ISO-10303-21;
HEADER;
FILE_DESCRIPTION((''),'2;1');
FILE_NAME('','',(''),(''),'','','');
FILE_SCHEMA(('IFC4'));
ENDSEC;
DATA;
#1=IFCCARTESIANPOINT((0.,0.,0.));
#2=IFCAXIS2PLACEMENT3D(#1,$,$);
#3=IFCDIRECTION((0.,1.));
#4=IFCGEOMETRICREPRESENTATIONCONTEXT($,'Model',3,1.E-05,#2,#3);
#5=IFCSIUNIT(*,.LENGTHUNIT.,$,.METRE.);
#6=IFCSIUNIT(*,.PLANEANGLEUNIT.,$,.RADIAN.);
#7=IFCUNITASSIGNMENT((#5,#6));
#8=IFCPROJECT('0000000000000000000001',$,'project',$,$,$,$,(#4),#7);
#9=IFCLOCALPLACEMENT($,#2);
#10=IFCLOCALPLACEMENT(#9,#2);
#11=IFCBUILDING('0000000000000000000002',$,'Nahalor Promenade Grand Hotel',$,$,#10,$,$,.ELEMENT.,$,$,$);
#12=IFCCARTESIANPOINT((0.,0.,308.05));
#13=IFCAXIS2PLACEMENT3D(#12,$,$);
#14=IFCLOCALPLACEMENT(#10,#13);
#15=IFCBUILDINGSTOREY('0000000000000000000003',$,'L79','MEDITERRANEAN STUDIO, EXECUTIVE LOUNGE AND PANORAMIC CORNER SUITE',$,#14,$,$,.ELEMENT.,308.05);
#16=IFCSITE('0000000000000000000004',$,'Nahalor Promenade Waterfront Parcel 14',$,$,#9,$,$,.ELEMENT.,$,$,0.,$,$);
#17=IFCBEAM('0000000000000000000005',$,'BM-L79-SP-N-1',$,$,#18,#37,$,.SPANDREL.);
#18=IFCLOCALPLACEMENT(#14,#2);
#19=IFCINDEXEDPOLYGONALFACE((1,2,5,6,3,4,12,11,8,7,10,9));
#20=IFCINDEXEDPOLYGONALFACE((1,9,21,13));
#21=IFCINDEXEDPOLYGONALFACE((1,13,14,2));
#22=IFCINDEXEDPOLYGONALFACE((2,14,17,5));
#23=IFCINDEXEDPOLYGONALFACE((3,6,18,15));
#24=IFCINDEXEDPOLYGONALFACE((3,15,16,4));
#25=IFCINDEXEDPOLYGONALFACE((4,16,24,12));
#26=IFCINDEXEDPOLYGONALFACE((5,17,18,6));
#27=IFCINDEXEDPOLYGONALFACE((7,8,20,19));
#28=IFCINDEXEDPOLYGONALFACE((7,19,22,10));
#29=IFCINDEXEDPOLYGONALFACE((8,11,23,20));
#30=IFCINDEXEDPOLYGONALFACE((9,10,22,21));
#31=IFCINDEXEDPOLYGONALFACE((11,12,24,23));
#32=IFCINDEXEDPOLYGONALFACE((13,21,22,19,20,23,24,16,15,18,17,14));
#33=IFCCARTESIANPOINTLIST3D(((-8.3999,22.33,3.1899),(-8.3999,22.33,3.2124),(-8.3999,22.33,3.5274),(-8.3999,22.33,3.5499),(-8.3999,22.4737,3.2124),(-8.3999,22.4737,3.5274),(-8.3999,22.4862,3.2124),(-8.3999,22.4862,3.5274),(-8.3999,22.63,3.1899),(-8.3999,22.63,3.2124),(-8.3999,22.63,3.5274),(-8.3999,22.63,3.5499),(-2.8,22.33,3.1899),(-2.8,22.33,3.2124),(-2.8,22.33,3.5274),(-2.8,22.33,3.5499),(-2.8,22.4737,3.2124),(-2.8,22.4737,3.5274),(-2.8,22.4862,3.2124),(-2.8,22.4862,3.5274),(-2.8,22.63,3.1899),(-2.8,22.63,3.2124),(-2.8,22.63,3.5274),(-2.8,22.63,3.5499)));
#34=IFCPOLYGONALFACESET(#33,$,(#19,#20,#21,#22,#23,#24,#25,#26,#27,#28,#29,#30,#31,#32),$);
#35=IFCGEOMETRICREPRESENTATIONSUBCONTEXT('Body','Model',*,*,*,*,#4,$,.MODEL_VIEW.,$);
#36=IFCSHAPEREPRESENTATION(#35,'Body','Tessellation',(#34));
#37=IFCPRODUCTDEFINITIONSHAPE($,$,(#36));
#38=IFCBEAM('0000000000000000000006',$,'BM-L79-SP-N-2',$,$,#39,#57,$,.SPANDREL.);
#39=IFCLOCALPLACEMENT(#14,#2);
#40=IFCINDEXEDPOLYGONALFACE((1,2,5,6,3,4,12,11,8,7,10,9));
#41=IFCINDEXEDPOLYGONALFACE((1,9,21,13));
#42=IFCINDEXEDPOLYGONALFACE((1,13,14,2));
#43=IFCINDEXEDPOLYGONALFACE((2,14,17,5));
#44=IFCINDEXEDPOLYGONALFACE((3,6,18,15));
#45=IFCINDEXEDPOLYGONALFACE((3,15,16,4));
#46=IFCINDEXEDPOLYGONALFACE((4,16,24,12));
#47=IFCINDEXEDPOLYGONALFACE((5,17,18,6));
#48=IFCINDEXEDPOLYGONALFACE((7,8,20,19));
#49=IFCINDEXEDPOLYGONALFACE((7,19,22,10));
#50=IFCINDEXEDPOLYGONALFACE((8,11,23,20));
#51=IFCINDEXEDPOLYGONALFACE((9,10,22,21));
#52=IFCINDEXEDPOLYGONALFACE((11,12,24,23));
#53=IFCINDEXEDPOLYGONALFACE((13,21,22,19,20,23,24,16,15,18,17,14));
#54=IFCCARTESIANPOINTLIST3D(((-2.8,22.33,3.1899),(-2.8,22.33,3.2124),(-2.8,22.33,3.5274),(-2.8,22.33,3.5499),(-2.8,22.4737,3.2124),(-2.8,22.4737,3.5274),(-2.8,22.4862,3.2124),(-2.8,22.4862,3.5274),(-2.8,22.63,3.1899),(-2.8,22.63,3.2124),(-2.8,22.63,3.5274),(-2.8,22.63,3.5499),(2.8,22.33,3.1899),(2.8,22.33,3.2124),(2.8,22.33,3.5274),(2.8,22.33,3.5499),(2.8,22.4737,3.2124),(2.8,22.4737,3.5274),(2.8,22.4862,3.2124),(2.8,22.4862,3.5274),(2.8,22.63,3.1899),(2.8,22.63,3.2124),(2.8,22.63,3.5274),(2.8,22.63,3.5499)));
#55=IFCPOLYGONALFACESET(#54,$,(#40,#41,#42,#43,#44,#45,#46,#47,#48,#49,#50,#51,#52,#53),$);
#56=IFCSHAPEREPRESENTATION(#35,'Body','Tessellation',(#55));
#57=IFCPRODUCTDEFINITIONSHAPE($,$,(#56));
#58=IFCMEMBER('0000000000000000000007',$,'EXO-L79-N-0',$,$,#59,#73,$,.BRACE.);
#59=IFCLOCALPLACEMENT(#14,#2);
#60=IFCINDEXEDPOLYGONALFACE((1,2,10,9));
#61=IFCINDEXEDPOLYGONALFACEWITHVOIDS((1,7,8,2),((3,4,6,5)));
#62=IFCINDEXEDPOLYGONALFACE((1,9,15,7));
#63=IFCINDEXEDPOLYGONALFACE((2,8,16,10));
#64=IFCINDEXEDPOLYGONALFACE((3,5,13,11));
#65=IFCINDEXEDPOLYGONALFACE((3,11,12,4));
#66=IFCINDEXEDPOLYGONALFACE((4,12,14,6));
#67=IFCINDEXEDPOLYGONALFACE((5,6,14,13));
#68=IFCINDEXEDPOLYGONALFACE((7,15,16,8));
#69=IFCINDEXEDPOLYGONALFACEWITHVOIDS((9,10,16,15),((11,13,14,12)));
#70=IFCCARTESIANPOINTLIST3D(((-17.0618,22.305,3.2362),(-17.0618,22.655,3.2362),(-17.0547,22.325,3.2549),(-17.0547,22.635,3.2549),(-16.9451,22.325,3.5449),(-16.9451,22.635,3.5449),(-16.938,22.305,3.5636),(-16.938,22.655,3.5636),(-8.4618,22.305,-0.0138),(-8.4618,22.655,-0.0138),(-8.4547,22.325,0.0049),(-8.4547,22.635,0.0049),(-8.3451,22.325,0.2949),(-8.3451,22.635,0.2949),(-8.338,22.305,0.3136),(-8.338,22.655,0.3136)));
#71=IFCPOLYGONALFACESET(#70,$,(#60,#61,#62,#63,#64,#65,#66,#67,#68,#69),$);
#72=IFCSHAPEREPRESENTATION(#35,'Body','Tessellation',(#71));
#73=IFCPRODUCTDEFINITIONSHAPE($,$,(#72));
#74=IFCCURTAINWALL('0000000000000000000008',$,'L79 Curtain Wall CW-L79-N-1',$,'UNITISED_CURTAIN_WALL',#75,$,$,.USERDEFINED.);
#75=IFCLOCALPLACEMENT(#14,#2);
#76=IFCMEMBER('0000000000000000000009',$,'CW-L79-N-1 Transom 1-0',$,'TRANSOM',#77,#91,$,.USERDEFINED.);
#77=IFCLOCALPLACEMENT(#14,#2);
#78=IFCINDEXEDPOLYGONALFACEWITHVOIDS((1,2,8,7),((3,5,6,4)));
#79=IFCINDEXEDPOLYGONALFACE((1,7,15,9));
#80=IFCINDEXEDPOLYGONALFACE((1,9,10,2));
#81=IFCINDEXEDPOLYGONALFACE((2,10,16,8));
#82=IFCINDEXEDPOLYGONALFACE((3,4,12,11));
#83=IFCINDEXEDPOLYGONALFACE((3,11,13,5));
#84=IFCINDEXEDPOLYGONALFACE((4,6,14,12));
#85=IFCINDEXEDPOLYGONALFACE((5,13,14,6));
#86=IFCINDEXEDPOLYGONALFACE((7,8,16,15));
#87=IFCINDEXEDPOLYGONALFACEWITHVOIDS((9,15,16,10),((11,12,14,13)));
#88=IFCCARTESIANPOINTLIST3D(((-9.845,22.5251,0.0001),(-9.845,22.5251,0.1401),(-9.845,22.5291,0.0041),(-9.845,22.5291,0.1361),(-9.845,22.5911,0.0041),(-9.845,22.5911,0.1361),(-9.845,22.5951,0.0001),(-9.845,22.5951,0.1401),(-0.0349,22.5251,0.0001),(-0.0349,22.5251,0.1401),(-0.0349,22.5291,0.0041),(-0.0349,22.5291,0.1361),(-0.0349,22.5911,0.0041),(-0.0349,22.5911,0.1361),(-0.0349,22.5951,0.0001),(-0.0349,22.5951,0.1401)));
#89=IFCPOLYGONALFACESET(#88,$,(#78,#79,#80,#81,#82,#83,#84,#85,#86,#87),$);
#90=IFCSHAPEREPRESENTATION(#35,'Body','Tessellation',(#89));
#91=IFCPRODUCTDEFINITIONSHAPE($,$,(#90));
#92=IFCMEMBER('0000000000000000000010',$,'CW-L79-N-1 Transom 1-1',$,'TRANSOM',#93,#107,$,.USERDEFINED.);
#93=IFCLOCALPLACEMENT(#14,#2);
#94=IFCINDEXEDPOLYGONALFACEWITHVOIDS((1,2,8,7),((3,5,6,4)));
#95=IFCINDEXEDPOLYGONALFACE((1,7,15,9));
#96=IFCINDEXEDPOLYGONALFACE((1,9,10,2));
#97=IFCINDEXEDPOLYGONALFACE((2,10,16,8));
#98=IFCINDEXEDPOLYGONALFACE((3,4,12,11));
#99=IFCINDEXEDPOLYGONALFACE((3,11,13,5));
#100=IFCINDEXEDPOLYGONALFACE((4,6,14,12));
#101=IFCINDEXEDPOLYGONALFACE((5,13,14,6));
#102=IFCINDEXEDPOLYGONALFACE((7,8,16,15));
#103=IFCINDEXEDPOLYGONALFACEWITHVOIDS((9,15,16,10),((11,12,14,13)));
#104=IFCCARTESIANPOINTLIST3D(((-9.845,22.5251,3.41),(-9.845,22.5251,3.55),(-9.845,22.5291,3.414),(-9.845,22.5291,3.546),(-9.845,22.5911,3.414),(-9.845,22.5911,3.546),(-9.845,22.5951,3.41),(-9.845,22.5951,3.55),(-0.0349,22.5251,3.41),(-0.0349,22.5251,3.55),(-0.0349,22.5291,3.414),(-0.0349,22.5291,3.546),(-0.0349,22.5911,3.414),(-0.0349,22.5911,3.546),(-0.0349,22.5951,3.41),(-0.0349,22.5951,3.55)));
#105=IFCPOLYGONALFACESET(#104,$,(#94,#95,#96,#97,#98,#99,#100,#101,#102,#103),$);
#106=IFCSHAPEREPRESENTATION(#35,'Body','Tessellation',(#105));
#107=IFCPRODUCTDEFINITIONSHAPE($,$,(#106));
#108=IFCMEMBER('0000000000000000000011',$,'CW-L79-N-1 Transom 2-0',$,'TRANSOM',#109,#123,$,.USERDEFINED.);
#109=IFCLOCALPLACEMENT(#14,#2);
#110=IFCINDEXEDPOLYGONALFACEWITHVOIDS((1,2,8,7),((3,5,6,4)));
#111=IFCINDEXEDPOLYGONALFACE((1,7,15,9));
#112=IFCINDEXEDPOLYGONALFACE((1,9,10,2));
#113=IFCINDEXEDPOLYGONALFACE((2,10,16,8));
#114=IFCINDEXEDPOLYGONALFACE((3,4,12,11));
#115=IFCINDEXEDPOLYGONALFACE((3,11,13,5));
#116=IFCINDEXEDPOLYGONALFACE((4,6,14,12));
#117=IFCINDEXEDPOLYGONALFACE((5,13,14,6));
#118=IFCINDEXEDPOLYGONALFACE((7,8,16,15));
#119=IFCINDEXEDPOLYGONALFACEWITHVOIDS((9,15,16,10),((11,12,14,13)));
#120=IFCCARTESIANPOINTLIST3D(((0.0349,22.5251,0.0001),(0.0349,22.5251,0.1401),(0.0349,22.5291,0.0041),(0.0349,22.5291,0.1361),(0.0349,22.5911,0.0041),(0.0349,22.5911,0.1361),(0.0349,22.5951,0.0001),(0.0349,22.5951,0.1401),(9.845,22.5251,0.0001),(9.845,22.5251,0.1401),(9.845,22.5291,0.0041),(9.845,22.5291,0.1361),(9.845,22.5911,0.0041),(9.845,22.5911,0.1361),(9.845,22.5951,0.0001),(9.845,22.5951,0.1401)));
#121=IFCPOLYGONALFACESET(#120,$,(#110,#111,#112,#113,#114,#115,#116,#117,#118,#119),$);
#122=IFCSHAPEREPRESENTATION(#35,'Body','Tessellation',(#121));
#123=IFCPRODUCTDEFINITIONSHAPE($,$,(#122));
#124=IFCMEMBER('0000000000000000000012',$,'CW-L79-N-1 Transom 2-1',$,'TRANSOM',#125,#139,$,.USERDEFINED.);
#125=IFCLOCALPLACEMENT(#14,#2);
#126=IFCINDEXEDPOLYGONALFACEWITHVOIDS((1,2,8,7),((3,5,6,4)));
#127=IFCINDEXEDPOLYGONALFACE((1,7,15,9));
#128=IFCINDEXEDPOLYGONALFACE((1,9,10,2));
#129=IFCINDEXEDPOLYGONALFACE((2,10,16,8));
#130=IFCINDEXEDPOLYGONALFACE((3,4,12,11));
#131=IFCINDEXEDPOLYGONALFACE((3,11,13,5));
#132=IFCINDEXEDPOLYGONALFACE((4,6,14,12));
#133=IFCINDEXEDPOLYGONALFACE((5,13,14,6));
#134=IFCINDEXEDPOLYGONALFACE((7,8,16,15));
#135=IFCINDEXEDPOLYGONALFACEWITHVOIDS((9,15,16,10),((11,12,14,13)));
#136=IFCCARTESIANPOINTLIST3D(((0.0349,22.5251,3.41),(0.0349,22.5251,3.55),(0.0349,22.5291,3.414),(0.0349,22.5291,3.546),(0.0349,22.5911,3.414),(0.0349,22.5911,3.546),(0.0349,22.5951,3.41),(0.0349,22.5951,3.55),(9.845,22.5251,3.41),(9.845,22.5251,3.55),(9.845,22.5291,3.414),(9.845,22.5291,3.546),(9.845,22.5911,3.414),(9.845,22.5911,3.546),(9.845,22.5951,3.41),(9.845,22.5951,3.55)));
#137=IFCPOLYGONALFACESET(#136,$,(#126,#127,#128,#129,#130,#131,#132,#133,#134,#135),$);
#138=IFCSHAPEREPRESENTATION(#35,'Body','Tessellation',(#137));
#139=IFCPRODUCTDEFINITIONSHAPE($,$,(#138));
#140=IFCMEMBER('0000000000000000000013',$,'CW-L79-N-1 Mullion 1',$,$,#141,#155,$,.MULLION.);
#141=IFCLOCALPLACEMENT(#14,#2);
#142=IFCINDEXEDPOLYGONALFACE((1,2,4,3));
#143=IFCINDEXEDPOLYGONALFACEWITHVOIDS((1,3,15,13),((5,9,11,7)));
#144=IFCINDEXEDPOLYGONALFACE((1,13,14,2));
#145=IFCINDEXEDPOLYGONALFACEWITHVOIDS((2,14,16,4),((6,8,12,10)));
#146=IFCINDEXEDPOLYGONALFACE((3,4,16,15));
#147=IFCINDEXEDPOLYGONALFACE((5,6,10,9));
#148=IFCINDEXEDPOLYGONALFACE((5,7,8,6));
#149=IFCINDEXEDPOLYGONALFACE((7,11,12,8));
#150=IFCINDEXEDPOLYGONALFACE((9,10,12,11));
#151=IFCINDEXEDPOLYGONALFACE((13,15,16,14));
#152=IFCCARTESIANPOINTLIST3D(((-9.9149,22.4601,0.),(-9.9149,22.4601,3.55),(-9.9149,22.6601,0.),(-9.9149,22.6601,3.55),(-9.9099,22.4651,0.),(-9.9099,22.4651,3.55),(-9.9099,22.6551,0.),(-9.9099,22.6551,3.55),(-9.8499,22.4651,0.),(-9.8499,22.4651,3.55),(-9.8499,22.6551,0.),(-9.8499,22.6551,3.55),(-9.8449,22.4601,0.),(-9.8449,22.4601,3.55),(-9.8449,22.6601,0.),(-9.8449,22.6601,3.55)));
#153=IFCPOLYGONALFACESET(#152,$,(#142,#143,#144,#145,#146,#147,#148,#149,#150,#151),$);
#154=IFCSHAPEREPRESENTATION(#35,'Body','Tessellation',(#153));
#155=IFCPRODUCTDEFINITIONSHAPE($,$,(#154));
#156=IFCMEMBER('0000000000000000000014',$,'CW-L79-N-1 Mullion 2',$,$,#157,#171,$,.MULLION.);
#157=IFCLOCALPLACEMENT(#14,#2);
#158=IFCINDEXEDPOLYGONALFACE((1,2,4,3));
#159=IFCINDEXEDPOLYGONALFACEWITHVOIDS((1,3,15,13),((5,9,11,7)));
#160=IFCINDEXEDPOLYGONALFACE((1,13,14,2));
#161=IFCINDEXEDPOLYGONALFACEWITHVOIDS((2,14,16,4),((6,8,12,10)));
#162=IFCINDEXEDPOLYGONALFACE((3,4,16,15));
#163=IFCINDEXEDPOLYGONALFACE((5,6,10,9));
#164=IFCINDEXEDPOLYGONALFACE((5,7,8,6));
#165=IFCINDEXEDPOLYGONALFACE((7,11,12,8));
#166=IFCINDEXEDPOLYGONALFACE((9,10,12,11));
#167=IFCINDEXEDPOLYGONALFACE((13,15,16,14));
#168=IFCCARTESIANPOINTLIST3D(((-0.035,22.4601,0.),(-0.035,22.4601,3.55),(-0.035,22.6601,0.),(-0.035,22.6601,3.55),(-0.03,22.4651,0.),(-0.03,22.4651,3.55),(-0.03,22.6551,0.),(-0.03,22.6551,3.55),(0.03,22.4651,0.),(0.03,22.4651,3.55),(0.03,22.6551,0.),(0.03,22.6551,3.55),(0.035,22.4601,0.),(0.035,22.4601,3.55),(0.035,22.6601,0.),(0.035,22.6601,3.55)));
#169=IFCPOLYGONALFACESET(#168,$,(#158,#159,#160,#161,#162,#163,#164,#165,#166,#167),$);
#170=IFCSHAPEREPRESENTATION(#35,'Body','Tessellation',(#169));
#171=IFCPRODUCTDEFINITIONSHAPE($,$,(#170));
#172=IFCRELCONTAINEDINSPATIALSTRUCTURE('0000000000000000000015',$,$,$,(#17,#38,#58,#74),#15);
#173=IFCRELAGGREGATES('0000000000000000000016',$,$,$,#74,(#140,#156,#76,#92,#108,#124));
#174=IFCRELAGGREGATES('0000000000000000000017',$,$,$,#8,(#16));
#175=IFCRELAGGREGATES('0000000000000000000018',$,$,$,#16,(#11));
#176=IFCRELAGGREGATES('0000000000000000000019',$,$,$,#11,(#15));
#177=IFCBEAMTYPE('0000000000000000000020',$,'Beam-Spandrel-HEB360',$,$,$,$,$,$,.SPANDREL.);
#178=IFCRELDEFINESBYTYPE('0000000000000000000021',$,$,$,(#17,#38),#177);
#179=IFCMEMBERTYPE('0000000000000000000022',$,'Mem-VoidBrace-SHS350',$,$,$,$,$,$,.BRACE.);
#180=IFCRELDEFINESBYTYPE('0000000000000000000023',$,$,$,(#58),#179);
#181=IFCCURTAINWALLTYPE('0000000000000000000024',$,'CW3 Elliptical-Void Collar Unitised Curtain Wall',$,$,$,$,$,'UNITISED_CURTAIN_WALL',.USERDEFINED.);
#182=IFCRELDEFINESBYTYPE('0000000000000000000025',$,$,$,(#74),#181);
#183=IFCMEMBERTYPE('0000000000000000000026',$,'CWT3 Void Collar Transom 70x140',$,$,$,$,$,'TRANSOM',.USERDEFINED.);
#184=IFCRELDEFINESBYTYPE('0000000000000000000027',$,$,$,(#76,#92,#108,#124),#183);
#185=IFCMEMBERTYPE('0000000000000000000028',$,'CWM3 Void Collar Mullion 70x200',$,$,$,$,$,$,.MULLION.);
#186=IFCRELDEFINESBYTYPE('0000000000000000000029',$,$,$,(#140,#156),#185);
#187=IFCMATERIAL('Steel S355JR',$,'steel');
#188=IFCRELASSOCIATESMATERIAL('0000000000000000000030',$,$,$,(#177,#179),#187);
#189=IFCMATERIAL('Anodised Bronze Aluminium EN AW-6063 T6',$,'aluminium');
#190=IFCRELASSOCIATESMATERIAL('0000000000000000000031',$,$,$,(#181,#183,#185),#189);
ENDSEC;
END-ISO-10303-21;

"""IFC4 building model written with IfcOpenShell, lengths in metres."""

from ifc_helpers import new_model, si_unit, direction, frame, origin, origin_2d, place, context, subcontext, project, spatial, hollow_rectangle, i_section, extrude, source, transform, mapped, material, material_profile, profile_set, type_object, element, aggregate, save


model = new_model("IFC4")

# Units and contexts
model_context = context("Model", 3, precision=1e-05, world=origin(), true_north=direction((0.0, 1.0)))
body_context = subcontext(model_context, "Body", "Model", "MODEL_VIEW")
ifc_project = project(units=[si_unit("LENGTHUNIT", "METRE"), si_unit("PLANEANGLEUNIT", "RADIAN")], contexts=[model_context])

# Site, building, storey
site_placement = place(None, origin())
site = spatial("IfcSite", under=ifc_project, at=site_placement, Name="Nahalor Promenade Waterfront Parcel 14", CompositionType="ELEMENT", RefElevation=0.0)
building_placement = place(site_placement, origin())
building = spatial("IfcBuilding", under=site, at=building_placement, Name="Nahalor Promenade Grand Hotel", CompositionType="ELEMENT")
storey_placement = place(building_placement, frame((0.0, 0.0, 308.05)))
storey = spatial("IfcBuildingStorey", under=building, at=storey_placement, Name="L79", Description="MEDITERRANEAN STUDIO, EXECUTIVE LOUNGE AND PANORAMIC CORNER SUITE", CompositionType="ELEMENT", Elevation=308.05)

# Shared definitions
ifc_material_1 = material(Name="Steel S355JR", Category="steel")

# Beams
ifc_material_profile_1 = material_profile(ifc_material_1, i_section(OverallWidth=0.3, OverallDepth=0.36, WebThickness=0.0125, FlangeThickness=0.0225, at=origin_2d()), Name="HEB 360")
ifc_profile_set_1 = profile_set([ifc_material_profile_1], Name="Steel S355JR")
beam_type_1 = type_object("IfcBeamType", Name="Beam-Spandrel-HEB360", PredefinedType="SPANDREL", material=ifc_profile_set_1)
shared_shape_1 = source(origin(), body_context, "Body", "SweptSolid", [
    extrude(i_section(OverallWidth=0.3, OverallDepth=0.36, WebThickness=0.0125, FlangeThickness=0.0225, at=origin_2d()), origin(), (0.0, 0.0, 1.0), 5.5999),
])
beam_1_placement = place(storey_placement, frame((-8.3999, 22.48, 3.3699), z_axis=(1.0, 0.0, 0.0), x_axis=(0.0, 1.0, 0.0)))
element("IfcBeam", 1, at=beam_1_placement, inside=storey, type_object=beam_type_1, Name="BM-L79-SP-N-1", PredefinedType="SPANDREL", context=body_context, shape_type="MappedRepresentation", body=[
    mapped(shared_shape_1, transform((0.0, 0.0, 0.0), scale=1.0)),
])
shared_shape_2 = source(origin(), body_context, "Body", "SweptSolid", [
    extrude(i_section(OverallWidth=0.3, OverallDepth=0.36, WebThickness=0.0125, FlangeThickness=0.0225, at=origin_2d()), origin(), (0.0, 0.0, 1.0), 5.6001),
])
beam_2_placement = place(storey_placement, frame((-2.8, 22.48, 3.3699), z_axis=(1.0, 0.0, 0.0), x_axis=(0.0, 1.0, 0.0)))
element("IfcBeam", 2, at=beam_2_placement, inside=storey, type_object=beam_type_1, Name="BM-L79-SP-N-2", PredefinedType="SPANDREL", context=body_context, shape_type="MappedRepresentation", body=[
    mapped(shared_shape_2, transform((0.0, 0.0, 0.0), scale=1.0)),
])

# Member
ifc_material_profile_2 = material_profile(ifc_material_1, hollow_rectangle(XDim=0.35, YDim=0.35, WallThickness=0.02, at=origin_2d()), Name="SHS 350x350x20")
ifc_profile_set_2 = profile_set([ifc_material_profile_2], Name="Steel S355JR")
member_type_1 = type_object("IfcMemberType", Name="Mem-VoidBrace-SHS350", PredefinedType="BRACE", material=ifc_profile_set_2)
shared_shape_3 = source(origin(), body_context, "Body", "SweptSolid", [
    extrude(hollow_rectangle(XDim=0.35, YDim=0.35, WallThickness=0.02, at=origin_2d()), origin(), (0.0, 0.0, 1.0), 9.1936),
])
member_1_placement = place(storey_placement, frame((-8.3999, 22.48, 0.1499), z_axis=(-0.935433, 0.0, 0.353503), x_axis=(0.0, -1.0, 0.0)))
element("IfcMember", 3, at=member_1_placement, inside=storey, type_object=member_type_1, Name="EXO-L79-N-0", PredefinedType="BRACE", context=body_context, shape_type="MappedRepresentation", body=[
    mapped(shared_shape_3, transform((0.0, 0.0, 0.0), scale=1.0)),
])

# Curtain wall, members
ifc_material_2 = material(Name="Anodised Bronze Aluminium EN AW-6063 T6", Category="aluminium")
curtain_wall_type = type_object("IfcCurtainWallType", Name="CW3 Elliptical-Void Collar Unitised Curtain Wall", ElementType="UNITISED_CURTAIN_WALL", PredefinedType="USERDEFINED", material=ifc_material_2)
curtain_wall_placement = place(storey_placement, origin())
curtain_wall = element("IfcCurtainWall", 4, at=curtain_wall_placement, inside=storey, type_object=curtain_wall_type, Name="L79 Curtain Wall CW-L79-N-1", ObjectType="UNITISED_CURTAIN_WALL", PredefinedType="USERDEFINED")
ifc_material_profile_3 = material_profile(ifc_material_2, hollow_rectangle(XDim=0.07, YDim=0.14, WallThickness=0.004, at=origin_2d()), Name="CWT 70x140x4")
ifc_profile_set_3 = profile_set([ifc_material_profile_3], Name="Anodised Bronze Aluminium EN AW-6063 T6")
member_type_2 = type_object("IfcMemberType", Name="CWT3 Void Collar Transom 70x140", ElementType="TRANSOM", PredefinedType="USERDEFINED", material=ifc_profile_set_3)
shared_shape_4 = source(origin(), body_context, "Body", "SweptSolid", [
    extrude(hollow_rectangle(XDim=0.07, YDim=0.14, WallThickness=0.004, at=origin_2d()), origin(), (0.0, 0.0, 1.0), 9.8101),
])
member_2_placement = place(storey_placement, frame((-9.845, 22.5601, 0.0701), z_axis=(1.0, 0.0, 0.0), x_axis=(0.0, 1.0, 0.0)))
member_2 = element("IfcMember", 5, at=member_2_placement, type_object=member_type_2, Name="CW-L79-N-1 Transom 1-0", ObjectType="TRANSOM", PredefinedType="USERDEFINED", context=body_context, shape_type="MappedRepresentation", body=[
    mapped(shared_shape_4, transform((0.0, 0.0, 0.0), scale=1.0)),
])
member_3_placement = place(storey_placement, frame((-9.845, 22.5601, 3.48), z_axis=(1.0, 0.0, 0.0), x_axis=(0.0, 1.0, 0.0)))
member_3 = element("IfcMember", 6, at=member_3_placement, type_object=member_type_2, Name="CW-L79-N-1 Transom 1-1", ObjectType="TRANSOM", PredefinedType="USERDEFINED", context=body_context, shape_type="MappedRepresentation", body=[
    mapped(shared_shape_4, transform((0.0, 0.0, 0.0), scale=1.0)),
])
member_4_placement = place(storey_placement, frame((0.0349, 22.5601, 0.0701), z_axis=(1.0, 0.0, 0.0), x_axis=(0.0, 1.0, 0.0)))
member_4 = element("IfcMember", 7, at=member_4_placement, type_object=member_type_2, Name="CW-L79-N-1 Transom 2-0", ObjectType="TRANSOM", PredefinedType="USERDEFINED", context=body_context, shape_type="MappedRepresentation", body=[
    mapped(shared_shape_4, transform((0.0, 0.0, 0.0), scale=1.0)),
])
member_5_placement = place(storey_placement, frame((0.0349, 22.5601, 3.48), z_axis=(1.0, 0.0, 0.0), x_axis=(0.0, 1.0, 0.0)))
member_5 = element("IfcMember", 8, at=member_5_placement, type_object=member_type_2, Name="CW-L79-N-1 Transom 2-1", ObjectType="TRANSOM", PredefinedType="USERDEFINED", context=body_context, shape_type="MappedRepresentation", body=[
    mapped(shared_shape_4, transform((0.0, 0.0, 0.0), scale=1.0)),
])
ifc_material_profile_4 = material_profile(ifc_material_2, hollow_rectangle(XDim=0.07, YDim=0.2, WallThickness=0.005, at=origin_2d()), Name="CWM 70x200x5")
ifc_profile_set_4 = profile_set([ifc_material_profile_4], Name="Anodised Bronze Aluminium EN AW-6063 T6")
member_type_3 = type_object("IfcMemberType", Name="CWM3 Void Collar Mullion 70x200", PredefinedType="MULLION", material=ifc_profile_set_4)
shared_shape_5 = source(origin(), body_context, "Body", "SweptSolid", [
    extrude(hollow_rectangle(XDim=0.07, YDim=0.2, WallThickness=0.005, at=origin_2d()), origin(), (0.0, 0.0, 1.0), 3.55),
])
member_6_placement = place(storey_placement, frame((-9.8799, 22.5601, 0.0), z_axis=(0.0, 0.0, 1.0), x_axis=(1.0, 0.0, 0.0)))
member_6 = element("IfcMember", 9, at=member_6_placement, type_object=member_type_3, Name="CW-L79-N-1 Mullion 1", PredefinedType="MULLION", context=body_context, shape_type="MappedRepresentation", body=[
    mapped(shared_shape_5, transform((0.0, 0.0, 0.0), scale=1.0)),
])
member_7_placement = place(storey_placement, frame((0.0, 22.5601, 0.0), z_axis=(0.0, 0.0, 1.0), x_axis=(1.0, 0.0, 0.0)))
member_7 = element("IfcMember", 10, at=member_7_placement, type_object=member_type_3, Name="CW-L79-N-1 Mullion 2", PredefinedType="MULLION", context=body_context, shape_type="MappedRepresentation", body=[
    mapped(shared_shape_5, transform((0.0, 0.0, 0.0), scale=1.0)),
])
aggregate(curtain_wall, [member_6, member_7, member_2, member_3, member_4, member_5])

save(model, "model.ifc")
